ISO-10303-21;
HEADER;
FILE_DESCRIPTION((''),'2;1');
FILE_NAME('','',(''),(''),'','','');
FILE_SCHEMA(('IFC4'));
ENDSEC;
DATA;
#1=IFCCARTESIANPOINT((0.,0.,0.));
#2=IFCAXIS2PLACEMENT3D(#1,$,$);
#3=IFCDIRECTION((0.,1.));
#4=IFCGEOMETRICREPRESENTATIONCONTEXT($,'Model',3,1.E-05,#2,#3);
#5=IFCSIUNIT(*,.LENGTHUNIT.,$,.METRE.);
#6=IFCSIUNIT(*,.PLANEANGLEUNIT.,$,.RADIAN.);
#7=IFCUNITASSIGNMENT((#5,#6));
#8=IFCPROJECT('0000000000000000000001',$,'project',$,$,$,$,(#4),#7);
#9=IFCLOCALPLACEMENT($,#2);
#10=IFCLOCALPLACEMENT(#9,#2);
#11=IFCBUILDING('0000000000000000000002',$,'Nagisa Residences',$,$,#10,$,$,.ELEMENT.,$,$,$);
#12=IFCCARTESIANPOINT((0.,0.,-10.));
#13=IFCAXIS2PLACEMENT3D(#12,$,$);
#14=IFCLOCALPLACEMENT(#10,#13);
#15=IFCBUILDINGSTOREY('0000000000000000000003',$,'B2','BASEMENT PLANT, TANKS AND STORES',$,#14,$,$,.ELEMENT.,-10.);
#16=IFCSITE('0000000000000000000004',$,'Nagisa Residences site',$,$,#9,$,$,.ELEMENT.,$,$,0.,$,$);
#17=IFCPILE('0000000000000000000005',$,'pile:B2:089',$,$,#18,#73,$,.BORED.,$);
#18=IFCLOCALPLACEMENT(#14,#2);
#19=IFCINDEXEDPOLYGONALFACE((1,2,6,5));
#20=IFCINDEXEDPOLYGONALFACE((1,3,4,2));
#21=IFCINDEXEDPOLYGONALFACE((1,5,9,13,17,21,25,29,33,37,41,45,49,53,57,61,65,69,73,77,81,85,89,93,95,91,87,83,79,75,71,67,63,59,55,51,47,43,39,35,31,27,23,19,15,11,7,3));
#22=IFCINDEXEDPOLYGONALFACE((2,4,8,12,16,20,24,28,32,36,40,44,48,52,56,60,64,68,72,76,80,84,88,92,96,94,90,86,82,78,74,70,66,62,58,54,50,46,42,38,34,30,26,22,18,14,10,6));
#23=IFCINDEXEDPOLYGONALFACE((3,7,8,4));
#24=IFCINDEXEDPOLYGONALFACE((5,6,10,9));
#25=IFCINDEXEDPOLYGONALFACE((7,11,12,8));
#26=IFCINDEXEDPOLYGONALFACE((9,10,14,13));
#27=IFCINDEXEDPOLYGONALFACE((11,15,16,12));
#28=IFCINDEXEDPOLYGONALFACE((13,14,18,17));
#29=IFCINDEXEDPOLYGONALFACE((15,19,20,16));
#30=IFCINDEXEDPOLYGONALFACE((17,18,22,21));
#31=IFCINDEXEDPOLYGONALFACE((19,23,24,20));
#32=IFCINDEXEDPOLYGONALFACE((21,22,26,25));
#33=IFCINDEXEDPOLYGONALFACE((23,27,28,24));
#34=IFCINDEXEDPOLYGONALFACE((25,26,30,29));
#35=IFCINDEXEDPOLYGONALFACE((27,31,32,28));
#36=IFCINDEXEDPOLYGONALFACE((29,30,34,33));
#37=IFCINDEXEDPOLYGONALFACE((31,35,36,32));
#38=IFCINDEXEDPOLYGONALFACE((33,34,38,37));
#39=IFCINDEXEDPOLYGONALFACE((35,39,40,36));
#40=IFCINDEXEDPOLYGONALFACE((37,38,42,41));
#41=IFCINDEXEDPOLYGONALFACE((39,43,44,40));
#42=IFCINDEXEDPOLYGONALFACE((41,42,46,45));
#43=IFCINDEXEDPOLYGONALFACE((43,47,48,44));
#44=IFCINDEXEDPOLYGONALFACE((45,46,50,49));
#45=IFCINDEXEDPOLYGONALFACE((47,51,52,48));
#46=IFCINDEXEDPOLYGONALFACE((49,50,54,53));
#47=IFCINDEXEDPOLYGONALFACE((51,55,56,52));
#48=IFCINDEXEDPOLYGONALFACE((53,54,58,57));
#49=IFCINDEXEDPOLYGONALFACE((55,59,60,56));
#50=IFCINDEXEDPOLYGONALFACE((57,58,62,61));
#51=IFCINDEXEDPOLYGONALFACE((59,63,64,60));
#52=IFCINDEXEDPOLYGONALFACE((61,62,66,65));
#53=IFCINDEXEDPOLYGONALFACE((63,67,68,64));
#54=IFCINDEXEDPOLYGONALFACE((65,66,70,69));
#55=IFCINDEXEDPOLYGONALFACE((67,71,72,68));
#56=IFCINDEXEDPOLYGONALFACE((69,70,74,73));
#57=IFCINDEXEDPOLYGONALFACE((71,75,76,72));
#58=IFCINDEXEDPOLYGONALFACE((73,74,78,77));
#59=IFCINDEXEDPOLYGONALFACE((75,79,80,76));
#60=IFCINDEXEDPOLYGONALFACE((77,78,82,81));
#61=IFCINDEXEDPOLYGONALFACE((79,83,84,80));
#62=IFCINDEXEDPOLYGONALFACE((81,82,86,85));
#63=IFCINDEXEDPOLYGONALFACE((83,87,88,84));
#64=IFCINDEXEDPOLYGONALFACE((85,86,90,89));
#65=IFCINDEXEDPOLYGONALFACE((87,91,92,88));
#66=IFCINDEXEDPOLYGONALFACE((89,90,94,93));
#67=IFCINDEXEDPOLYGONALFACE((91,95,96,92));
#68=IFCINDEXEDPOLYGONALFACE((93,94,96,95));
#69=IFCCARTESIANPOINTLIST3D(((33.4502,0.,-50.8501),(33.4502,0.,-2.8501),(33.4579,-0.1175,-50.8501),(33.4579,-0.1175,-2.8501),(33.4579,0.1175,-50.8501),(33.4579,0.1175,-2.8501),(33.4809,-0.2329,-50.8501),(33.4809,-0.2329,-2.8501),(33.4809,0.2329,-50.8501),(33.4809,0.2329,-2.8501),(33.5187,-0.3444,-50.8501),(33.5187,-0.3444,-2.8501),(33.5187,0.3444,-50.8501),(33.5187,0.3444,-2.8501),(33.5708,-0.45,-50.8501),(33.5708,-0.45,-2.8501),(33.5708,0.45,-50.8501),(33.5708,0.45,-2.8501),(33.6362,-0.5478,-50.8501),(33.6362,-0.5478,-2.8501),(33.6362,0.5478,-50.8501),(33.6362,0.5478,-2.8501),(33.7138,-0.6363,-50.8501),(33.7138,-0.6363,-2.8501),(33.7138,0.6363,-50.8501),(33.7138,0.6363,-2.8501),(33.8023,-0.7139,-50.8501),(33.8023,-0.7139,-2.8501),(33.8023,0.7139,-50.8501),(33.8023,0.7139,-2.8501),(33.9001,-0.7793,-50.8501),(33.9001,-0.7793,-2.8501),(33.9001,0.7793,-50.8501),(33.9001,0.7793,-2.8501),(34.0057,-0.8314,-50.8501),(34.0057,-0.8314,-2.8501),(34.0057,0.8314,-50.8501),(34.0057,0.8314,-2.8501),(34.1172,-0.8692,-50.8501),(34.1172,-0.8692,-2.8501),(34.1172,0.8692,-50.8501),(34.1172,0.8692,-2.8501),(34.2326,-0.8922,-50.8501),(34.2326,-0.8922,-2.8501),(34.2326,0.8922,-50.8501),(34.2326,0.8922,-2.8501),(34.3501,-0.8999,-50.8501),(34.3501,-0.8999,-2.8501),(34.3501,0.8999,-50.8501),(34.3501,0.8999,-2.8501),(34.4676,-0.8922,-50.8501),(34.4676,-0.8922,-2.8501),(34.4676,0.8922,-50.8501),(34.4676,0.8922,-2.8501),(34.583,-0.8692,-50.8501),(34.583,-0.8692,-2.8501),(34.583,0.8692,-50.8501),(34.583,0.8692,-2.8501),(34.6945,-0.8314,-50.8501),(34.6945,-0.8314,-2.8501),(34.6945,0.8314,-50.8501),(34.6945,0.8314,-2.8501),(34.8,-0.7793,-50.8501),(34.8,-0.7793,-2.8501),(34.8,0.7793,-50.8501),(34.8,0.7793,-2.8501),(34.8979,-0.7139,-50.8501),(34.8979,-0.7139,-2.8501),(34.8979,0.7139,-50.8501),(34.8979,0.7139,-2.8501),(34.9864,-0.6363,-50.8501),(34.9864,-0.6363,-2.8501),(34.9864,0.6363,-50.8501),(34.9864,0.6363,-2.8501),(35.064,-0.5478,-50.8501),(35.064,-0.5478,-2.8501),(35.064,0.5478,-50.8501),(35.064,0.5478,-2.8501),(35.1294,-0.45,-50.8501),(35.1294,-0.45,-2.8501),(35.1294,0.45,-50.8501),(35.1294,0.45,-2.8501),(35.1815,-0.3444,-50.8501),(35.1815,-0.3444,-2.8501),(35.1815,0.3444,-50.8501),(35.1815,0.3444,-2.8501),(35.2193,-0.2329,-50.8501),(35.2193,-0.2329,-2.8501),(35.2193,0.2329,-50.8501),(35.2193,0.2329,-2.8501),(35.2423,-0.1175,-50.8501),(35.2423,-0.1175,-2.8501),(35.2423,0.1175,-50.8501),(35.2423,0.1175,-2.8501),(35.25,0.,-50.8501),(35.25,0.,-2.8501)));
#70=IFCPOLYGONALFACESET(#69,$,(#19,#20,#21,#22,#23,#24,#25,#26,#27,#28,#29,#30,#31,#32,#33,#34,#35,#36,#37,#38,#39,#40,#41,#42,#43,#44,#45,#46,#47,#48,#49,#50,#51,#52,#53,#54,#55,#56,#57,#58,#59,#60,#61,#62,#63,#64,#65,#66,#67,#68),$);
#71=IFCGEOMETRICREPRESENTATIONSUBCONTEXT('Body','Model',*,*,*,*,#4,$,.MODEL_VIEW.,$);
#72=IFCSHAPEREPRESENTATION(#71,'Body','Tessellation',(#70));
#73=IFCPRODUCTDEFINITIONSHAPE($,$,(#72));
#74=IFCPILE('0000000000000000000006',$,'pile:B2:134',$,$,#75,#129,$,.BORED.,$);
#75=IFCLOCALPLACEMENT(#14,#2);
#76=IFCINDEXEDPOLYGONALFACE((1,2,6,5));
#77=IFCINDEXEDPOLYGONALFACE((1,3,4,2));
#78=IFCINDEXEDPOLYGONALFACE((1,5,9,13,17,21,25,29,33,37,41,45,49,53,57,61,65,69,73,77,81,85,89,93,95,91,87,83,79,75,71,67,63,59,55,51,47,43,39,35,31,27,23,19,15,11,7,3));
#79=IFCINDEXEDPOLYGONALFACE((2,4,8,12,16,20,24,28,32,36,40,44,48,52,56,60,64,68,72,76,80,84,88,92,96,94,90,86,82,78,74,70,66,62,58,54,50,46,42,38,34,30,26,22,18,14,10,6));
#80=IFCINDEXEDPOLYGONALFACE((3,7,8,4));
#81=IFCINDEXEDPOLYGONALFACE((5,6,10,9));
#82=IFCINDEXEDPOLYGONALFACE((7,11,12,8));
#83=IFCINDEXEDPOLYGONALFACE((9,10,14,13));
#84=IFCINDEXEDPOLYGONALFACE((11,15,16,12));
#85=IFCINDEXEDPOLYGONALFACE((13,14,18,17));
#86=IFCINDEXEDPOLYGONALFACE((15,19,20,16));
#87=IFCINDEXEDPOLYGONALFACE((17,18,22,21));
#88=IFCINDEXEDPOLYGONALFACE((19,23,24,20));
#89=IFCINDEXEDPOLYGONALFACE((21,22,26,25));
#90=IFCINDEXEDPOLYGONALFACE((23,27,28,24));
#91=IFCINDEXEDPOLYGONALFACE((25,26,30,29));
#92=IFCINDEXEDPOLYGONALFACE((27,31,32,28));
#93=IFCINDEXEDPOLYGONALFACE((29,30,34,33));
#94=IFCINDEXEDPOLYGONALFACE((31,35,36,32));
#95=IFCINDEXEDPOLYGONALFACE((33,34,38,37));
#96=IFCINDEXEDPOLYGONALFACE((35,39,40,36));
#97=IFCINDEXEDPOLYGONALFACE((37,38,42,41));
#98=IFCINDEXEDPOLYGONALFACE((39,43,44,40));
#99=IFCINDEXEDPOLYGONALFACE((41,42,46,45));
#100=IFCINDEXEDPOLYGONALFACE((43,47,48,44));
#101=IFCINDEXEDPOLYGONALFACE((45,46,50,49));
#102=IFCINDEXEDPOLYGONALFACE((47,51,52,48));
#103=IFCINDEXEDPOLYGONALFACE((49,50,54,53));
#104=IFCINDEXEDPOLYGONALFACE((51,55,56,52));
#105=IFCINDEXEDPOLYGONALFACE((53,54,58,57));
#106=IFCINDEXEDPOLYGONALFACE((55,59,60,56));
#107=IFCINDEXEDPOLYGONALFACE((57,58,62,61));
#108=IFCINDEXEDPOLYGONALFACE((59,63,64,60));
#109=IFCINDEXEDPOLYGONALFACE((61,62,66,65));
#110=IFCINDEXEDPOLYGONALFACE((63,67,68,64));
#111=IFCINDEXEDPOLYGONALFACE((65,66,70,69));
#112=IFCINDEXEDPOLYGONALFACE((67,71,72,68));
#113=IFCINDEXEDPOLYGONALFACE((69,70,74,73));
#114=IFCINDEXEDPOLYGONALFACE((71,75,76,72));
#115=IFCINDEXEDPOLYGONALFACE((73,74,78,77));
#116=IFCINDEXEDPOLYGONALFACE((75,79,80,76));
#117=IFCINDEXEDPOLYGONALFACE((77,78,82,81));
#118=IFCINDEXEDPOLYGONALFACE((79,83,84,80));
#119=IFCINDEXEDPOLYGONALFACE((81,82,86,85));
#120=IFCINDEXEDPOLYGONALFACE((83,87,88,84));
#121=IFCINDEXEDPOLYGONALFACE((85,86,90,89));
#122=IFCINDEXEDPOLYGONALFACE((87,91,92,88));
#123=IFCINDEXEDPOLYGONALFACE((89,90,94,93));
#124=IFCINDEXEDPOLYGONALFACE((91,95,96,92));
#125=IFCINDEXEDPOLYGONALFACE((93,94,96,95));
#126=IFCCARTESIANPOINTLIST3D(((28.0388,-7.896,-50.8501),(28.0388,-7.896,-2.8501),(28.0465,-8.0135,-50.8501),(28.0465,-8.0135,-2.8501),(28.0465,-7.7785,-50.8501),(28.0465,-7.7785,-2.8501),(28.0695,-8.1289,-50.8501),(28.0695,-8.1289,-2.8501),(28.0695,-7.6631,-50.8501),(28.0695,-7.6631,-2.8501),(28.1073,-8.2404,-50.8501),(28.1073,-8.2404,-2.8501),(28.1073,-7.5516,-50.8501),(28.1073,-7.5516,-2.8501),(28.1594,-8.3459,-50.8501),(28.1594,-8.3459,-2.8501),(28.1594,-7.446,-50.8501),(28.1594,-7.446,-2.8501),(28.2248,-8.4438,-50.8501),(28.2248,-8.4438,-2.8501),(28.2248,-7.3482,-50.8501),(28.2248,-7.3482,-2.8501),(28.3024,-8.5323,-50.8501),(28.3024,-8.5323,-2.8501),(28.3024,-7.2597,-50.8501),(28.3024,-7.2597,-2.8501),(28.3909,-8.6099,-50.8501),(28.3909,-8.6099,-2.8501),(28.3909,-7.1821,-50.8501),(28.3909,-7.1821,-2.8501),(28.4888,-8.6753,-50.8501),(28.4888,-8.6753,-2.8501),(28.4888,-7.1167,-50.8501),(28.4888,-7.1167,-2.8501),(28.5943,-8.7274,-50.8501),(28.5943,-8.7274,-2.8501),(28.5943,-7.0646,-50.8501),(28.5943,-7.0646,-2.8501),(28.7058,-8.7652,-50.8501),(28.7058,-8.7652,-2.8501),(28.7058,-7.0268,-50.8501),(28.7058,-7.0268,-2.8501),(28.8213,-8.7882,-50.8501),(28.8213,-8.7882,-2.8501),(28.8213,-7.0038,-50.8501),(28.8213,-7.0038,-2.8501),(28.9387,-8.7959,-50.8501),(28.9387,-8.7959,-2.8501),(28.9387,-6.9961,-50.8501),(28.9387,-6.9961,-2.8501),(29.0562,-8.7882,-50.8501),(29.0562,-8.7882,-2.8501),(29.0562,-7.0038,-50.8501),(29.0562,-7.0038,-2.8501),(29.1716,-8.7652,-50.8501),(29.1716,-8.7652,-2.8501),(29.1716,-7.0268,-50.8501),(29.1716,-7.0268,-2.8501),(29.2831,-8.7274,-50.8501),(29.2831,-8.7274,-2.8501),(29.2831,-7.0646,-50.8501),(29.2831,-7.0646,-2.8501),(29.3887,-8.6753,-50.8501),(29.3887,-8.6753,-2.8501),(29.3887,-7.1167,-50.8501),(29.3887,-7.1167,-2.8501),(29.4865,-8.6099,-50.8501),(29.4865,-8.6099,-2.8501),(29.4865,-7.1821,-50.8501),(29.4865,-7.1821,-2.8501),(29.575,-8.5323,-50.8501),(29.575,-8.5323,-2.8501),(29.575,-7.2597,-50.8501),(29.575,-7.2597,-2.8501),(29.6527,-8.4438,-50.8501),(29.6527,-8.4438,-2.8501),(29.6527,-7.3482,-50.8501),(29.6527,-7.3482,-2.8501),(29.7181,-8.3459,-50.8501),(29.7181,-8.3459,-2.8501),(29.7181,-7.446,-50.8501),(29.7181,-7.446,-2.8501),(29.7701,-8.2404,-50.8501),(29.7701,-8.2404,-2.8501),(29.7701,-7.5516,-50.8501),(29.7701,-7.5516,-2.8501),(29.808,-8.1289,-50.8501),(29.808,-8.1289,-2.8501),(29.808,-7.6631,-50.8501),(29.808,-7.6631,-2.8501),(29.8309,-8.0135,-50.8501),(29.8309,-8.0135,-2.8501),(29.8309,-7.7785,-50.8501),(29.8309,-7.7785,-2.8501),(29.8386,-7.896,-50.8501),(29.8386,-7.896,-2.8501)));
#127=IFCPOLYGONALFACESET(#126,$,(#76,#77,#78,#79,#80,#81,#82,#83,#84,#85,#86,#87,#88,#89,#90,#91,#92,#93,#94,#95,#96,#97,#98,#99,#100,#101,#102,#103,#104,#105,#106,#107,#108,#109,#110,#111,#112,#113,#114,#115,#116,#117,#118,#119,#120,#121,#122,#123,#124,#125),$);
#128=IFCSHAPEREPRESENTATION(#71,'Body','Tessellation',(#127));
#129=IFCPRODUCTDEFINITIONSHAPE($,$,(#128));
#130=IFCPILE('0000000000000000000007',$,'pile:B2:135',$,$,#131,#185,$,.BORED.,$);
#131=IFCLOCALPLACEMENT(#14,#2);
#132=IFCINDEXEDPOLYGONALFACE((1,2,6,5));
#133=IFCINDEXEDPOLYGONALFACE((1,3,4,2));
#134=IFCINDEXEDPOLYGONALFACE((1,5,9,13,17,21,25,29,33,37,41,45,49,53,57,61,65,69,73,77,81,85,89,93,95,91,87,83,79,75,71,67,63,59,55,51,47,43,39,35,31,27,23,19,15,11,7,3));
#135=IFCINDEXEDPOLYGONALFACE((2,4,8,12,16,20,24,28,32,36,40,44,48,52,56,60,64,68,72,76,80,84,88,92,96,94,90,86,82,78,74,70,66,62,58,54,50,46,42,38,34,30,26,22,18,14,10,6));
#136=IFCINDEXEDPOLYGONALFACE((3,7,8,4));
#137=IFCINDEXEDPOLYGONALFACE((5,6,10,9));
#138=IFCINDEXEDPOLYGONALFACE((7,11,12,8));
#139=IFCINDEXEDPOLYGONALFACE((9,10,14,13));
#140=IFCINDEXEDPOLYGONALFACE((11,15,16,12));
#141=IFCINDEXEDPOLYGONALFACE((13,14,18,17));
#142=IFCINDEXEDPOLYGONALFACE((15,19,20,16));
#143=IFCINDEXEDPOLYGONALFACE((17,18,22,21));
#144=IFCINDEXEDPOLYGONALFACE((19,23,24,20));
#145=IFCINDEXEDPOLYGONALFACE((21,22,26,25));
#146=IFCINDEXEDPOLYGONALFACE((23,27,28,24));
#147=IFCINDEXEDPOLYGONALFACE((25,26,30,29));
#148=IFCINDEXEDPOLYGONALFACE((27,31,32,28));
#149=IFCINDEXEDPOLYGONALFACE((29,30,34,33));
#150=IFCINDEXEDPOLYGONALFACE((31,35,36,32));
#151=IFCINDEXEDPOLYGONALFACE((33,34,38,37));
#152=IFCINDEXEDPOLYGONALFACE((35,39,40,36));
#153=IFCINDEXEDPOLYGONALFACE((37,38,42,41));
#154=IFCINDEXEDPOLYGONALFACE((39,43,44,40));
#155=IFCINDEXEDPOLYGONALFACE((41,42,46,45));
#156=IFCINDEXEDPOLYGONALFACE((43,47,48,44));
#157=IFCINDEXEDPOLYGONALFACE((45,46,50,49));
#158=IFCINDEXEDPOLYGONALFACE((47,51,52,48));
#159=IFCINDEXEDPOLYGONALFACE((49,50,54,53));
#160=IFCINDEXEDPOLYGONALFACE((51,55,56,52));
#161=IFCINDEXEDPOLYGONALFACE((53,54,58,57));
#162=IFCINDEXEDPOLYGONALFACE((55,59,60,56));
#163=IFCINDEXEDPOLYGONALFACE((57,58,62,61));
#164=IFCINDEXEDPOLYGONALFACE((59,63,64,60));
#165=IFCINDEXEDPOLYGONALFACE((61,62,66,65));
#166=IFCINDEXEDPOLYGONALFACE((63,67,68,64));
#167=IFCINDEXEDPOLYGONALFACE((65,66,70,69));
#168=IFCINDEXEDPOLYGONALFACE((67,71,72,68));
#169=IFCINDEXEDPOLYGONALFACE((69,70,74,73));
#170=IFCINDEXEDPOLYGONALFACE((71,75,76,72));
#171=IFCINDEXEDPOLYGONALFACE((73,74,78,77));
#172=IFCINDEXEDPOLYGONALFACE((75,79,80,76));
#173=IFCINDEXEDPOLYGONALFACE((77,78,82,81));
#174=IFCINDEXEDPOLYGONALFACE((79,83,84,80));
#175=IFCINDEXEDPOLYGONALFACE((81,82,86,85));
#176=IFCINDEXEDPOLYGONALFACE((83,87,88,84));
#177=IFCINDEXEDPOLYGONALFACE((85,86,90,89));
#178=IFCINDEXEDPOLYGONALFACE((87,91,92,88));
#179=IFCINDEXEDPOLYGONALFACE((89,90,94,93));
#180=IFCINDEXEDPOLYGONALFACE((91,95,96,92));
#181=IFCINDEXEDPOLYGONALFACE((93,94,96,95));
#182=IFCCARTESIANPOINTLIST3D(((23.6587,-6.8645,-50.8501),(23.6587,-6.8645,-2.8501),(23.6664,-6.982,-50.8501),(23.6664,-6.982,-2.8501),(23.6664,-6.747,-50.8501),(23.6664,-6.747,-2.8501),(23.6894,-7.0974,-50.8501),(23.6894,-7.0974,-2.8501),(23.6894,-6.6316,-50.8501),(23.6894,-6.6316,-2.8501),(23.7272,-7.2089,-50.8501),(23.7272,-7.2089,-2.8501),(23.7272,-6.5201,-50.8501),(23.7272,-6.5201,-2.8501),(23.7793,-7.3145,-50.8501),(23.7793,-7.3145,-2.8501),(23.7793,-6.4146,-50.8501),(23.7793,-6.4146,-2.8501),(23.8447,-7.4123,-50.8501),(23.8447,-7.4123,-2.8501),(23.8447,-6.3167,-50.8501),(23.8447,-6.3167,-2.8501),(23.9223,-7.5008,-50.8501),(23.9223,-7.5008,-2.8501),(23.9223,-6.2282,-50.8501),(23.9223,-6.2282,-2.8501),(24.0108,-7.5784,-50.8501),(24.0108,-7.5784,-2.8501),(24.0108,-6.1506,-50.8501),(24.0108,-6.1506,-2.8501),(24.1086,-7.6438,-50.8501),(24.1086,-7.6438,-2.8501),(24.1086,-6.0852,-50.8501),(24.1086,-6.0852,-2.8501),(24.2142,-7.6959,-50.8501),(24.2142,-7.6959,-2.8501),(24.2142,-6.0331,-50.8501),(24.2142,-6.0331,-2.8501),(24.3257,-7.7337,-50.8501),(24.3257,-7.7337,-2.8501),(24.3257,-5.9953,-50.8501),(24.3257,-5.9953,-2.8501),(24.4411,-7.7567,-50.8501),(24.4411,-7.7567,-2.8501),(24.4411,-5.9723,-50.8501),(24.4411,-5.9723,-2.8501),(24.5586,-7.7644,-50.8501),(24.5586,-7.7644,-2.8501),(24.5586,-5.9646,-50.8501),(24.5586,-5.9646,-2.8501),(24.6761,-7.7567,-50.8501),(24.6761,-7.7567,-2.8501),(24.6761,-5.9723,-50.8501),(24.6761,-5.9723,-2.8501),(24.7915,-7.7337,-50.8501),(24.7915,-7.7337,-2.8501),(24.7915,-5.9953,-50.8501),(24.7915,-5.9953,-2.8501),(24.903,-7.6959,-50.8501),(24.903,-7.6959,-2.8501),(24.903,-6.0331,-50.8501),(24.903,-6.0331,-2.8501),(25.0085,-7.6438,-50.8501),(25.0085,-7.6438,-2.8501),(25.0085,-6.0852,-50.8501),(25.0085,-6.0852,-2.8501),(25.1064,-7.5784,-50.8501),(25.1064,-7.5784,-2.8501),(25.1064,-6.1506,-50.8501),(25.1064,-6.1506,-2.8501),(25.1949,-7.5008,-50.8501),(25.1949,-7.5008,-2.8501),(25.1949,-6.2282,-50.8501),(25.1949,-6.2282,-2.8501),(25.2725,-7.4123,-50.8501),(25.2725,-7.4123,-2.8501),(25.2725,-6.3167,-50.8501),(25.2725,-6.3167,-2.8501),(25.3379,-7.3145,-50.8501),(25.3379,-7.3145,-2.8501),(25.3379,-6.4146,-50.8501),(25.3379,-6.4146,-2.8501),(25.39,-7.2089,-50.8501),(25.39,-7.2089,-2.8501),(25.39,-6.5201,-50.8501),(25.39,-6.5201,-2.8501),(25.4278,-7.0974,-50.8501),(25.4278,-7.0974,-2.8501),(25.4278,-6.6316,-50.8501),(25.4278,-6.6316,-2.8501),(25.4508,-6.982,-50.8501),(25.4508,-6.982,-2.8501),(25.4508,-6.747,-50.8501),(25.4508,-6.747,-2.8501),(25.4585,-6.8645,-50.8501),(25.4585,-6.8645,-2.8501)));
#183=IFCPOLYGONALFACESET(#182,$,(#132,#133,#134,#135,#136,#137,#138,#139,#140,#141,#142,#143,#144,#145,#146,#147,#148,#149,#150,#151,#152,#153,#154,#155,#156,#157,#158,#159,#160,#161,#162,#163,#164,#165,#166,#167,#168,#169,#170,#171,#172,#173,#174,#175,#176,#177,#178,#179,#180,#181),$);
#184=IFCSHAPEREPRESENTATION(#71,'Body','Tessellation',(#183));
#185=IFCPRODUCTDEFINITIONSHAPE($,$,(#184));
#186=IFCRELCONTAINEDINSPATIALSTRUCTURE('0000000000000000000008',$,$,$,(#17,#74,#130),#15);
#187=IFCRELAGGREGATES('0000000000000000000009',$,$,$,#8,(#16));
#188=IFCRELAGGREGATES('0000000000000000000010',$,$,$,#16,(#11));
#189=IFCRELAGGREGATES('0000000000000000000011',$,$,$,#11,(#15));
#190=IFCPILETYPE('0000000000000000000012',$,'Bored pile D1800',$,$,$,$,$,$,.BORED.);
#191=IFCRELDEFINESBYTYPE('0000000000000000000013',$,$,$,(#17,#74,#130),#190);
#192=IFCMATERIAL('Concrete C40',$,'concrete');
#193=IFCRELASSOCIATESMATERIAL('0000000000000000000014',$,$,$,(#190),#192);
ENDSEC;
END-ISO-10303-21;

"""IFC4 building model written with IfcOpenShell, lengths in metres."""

from ifc_helpers import new_model, si_unit, direction, frame, origin, origin_2d, place, context, subcontext, project, spatial, circle, extrude, material, material_profile, profile_set, type_object, element, save


model = new_model("IFC4")

# Units and contexts
model_context = context("Model", 3, precision=1e-05, world=origin(), true_north=direction((0.0, 1.0)))
body_context = subcontext(model_context, "Body", "Model", "MODEL_VIEW")
ifc_project = project(units=[si_unit("LENGTHUNIT", "METRE"), si_unit("PLANEANGLEUNIT", "RADIAN")], contexts=[model_context])

# Site, building, storey
site_placement = place(None, origin())
site = spatial("IfcSite", under=ifc_project, at=site_placement, Name="Nagisa Residences site", CompositionType="ELEMENT", RefElevation=0.0)
building_placement = place(site_placement, origin())
building = spatial("IfcBuilding", under=site, at=building_placement, Name="Nagisa Residences", CompositionType="ELEMENT")
storey_placement = place(building_placement, frame((0.0, 0.0, -10.0)))
storey = spatial("IfcBuildingStorey", under=building, at=storey_placement, Name="B2", Description="BASEMENT PLANT, TANKS AND STORES", CompositionType="ELEMENT", Elevation=-10.0)

# Piles
ifc_material_1 = material(Name="Concrete C40", Category="concrete")
ifc_material_profile_1 = material_profile(ifc_material_1, circle(Radius=0.8999, at=origin_2d()), Name="Bored pile D1800")
ifc_profile_set_1 = profile_set([ifc_material_profile_1], Name="Concrete C40")
pile_type = type_object("IfcPileType", Name="Bored pile D1800", PredefinedType="BORED", material=ifc_profile_set_1)
for number, where, z_axis, x_axis, name in (
    (1, (34.3501, 0.0, -2.8501), (0.0, 0.0, -1.0), (1.0, 0.0, 0.0), "pile:B2:089"),
    (2, (28.9387, -7.896, -2.8501), (0.0, 0.0, -1.0), (1.0, 0.0, 0.0), "pile:B2:134"),
    (3, (24.5586, -6.8645, -2.8501), (0.0, 0.0, -1.0), (1.0, 0.0, 0.0), "pile:B2:135"),
):
    element("IfcPile", number, at=place(storey_placement, frame(where, z_axis=z_axis, x_axis=x_axis)), inside=storey, type_object=pile_type, Name=name, PredefinedType="BORED", context=body_context, shape_type="SweptSolid", body=[
        extrude(circle(Radius=0.8999, at=origin_2d()), origin(), (0.0, 0.0, 1.0), 48.0),
    ])

save(model, "model.ifc")
